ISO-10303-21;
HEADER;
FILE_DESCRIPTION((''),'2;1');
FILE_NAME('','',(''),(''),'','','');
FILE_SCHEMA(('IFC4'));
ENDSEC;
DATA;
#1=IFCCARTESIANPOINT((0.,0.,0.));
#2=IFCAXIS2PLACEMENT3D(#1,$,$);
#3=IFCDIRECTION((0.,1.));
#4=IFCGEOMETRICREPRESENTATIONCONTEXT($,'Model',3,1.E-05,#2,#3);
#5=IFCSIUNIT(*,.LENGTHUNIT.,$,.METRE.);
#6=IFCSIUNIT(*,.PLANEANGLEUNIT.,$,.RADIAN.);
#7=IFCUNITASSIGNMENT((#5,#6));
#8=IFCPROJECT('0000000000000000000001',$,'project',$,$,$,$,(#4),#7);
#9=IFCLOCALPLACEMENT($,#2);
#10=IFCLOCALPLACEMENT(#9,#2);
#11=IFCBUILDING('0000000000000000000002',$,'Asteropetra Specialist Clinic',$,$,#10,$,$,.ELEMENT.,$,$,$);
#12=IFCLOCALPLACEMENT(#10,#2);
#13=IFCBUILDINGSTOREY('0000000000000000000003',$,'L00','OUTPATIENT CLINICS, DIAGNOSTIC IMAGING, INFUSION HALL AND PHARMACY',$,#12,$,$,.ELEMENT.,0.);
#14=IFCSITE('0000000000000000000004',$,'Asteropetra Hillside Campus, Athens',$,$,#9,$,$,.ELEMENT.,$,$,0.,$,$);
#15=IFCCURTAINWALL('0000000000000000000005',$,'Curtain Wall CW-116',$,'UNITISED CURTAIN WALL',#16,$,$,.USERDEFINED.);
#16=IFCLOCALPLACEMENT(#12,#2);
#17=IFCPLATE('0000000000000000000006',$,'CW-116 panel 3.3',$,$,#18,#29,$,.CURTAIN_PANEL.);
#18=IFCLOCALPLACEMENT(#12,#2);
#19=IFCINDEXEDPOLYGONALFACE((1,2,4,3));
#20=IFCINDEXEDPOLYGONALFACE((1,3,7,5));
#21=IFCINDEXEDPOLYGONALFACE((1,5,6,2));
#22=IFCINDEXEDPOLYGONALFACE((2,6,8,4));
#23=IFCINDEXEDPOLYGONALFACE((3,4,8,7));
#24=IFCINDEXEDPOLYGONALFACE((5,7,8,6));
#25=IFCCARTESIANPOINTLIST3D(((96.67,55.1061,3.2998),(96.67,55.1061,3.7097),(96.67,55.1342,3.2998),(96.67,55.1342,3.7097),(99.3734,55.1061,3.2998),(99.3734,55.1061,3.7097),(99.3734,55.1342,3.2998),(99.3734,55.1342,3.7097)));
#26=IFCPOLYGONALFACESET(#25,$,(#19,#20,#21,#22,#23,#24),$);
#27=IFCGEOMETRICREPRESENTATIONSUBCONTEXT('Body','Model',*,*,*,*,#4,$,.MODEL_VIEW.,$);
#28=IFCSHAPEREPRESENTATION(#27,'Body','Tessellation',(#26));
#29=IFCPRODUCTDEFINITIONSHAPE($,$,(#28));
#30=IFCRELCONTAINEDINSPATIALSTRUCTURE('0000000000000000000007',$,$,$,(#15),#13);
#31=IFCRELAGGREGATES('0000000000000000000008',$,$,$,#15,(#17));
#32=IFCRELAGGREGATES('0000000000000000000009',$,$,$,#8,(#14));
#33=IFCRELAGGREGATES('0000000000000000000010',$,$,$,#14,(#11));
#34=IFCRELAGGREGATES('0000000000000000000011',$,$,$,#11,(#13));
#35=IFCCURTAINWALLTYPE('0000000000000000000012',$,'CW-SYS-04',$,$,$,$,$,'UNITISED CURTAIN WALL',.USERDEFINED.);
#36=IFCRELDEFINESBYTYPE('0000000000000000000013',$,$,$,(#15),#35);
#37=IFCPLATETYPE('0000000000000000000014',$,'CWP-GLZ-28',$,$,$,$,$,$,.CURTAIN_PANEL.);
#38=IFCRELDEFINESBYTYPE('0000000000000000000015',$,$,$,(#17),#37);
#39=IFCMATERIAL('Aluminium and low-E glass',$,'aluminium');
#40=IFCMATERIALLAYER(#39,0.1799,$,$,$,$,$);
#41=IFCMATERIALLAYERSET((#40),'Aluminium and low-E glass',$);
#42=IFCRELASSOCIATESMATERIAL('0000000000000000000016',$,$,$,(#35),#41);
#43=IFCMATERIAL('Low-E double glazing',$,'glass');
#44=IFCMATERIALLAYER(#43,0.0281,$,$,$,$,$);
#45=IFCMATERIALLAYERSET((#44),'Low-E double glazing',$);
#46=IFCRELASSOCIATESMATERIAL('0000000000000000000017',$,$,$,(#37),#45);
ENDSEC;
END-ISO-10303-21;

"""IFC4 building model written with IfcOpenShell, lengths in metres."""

from ifc_helpers import new_model, si_unit, direction, frame, origin, origin_2d, place, context, subcontext, project, spatial, rectangle, extrude, material, layer, layer_set, type_object, element, aggregate, save


model = new_model("IFC4")

# Units and contexts
model_context = context("Model", 3, precision=1e-05, world=origin(), true_north=direction((0.0, 1.0)))
body_context = subcontext(model_context, "Body", "Model", "MODEL_VIEW")
ifc_project = project(units=[si_unit("LENGTHUNIT", "METRE"), si_unit("PLANEANGLEUNIT", "RADIAN")], contexts=[model_context])

# Site, building, storey
site_placement = place(None, origin())
site = spatial("IfcSite", under=ifc_project, at=site_placement, Name="Asteropetra Hillside Campus, Athens", CompositionType="ELEMENT", RefElevation=0.0)
building_placement = place(site_placement, origin())
building = spatial("IfcBuilding", under=site, at=building_placement, Name="Asteropetra Specialist Clinic", CompositionType="ELEMENT")
storey_placement = place(building_placement, origin())
storey = spatial("IfcBuildingStorey", under=building, at=storey_placement, Name="L00", Description="OUTPATIENT CLINICS, DIAGNOSTIC IMAGING, INFUSION HALL AND PHARMACY", CompositionType="ELEMENT", Elevation=0.0)

# Curtain wall
ifc_material_1 = material(Name="Aluminium and low-E glass", Category="aluminium")
ifc_layer_1 = layer(ifc_material_1, 0.1799)
ifc_layer_set_1 = layer_set([ifc_layer_1], Name="Aluminium and low-E glass")
curtain_wall_type_1 = type_object("IfcCurtainWallType", Name="CW-SYS-04", ElementType="UNITISED CURTAIN WALL", PredefinedType="USERDEFINED", material=ifc_layer_set_1)
curtain_wall_1_placement = place(storey_placement, origin())
curtain_wall_1 = element("IfcCurtainWall", 1, at=curtain_wall_1_placement, inside=storey, type_object=curtain_wall_type_1, Name="Curtain Wall CW-116", ObjectType="UNITISED CURTAIN WALL", PredefinedType="USERDEFINED")

# Plate
ifc_material_2 = material(Name="Low-E double glazing", Category="glass")
ifc_layer_2 = layer(ifc_material_2, 0.0281)
ifc_layer_set_2 = layer_set([ifc_layer_2], Name="Low-E double glazing")
plate_type = type_object("IfcPlateType", Name="CWP-GLZ-28", PredefinedType="CURTAIN_PANEL", material=ifc_layer_set_2)
plate_1_placement = place(storey_placement, frame((98.0217, 55.1201, 3.2998), z_axis=(0.0, 0.0, 1.0), x_axis=(-1.0, 0.0, 0.0)))
plate_1 = element("IfcPlate", 2, at=plate_1_placement, type_object=plate_type, Name="CW-116 panel 3.3", PredefinedType="CURTAIN_PANEL", context=body_context, shape_type="SweptSolid", body=[
    extrude(rectangle(XDim=2.7034, YDim=0.0281, at=origin_2d()), origin(), (0.0, 0.0, 1.0), 0.4099),
])
aggregate(curtain_wall_1, [plate_1])

save(model, "model.ifc")
